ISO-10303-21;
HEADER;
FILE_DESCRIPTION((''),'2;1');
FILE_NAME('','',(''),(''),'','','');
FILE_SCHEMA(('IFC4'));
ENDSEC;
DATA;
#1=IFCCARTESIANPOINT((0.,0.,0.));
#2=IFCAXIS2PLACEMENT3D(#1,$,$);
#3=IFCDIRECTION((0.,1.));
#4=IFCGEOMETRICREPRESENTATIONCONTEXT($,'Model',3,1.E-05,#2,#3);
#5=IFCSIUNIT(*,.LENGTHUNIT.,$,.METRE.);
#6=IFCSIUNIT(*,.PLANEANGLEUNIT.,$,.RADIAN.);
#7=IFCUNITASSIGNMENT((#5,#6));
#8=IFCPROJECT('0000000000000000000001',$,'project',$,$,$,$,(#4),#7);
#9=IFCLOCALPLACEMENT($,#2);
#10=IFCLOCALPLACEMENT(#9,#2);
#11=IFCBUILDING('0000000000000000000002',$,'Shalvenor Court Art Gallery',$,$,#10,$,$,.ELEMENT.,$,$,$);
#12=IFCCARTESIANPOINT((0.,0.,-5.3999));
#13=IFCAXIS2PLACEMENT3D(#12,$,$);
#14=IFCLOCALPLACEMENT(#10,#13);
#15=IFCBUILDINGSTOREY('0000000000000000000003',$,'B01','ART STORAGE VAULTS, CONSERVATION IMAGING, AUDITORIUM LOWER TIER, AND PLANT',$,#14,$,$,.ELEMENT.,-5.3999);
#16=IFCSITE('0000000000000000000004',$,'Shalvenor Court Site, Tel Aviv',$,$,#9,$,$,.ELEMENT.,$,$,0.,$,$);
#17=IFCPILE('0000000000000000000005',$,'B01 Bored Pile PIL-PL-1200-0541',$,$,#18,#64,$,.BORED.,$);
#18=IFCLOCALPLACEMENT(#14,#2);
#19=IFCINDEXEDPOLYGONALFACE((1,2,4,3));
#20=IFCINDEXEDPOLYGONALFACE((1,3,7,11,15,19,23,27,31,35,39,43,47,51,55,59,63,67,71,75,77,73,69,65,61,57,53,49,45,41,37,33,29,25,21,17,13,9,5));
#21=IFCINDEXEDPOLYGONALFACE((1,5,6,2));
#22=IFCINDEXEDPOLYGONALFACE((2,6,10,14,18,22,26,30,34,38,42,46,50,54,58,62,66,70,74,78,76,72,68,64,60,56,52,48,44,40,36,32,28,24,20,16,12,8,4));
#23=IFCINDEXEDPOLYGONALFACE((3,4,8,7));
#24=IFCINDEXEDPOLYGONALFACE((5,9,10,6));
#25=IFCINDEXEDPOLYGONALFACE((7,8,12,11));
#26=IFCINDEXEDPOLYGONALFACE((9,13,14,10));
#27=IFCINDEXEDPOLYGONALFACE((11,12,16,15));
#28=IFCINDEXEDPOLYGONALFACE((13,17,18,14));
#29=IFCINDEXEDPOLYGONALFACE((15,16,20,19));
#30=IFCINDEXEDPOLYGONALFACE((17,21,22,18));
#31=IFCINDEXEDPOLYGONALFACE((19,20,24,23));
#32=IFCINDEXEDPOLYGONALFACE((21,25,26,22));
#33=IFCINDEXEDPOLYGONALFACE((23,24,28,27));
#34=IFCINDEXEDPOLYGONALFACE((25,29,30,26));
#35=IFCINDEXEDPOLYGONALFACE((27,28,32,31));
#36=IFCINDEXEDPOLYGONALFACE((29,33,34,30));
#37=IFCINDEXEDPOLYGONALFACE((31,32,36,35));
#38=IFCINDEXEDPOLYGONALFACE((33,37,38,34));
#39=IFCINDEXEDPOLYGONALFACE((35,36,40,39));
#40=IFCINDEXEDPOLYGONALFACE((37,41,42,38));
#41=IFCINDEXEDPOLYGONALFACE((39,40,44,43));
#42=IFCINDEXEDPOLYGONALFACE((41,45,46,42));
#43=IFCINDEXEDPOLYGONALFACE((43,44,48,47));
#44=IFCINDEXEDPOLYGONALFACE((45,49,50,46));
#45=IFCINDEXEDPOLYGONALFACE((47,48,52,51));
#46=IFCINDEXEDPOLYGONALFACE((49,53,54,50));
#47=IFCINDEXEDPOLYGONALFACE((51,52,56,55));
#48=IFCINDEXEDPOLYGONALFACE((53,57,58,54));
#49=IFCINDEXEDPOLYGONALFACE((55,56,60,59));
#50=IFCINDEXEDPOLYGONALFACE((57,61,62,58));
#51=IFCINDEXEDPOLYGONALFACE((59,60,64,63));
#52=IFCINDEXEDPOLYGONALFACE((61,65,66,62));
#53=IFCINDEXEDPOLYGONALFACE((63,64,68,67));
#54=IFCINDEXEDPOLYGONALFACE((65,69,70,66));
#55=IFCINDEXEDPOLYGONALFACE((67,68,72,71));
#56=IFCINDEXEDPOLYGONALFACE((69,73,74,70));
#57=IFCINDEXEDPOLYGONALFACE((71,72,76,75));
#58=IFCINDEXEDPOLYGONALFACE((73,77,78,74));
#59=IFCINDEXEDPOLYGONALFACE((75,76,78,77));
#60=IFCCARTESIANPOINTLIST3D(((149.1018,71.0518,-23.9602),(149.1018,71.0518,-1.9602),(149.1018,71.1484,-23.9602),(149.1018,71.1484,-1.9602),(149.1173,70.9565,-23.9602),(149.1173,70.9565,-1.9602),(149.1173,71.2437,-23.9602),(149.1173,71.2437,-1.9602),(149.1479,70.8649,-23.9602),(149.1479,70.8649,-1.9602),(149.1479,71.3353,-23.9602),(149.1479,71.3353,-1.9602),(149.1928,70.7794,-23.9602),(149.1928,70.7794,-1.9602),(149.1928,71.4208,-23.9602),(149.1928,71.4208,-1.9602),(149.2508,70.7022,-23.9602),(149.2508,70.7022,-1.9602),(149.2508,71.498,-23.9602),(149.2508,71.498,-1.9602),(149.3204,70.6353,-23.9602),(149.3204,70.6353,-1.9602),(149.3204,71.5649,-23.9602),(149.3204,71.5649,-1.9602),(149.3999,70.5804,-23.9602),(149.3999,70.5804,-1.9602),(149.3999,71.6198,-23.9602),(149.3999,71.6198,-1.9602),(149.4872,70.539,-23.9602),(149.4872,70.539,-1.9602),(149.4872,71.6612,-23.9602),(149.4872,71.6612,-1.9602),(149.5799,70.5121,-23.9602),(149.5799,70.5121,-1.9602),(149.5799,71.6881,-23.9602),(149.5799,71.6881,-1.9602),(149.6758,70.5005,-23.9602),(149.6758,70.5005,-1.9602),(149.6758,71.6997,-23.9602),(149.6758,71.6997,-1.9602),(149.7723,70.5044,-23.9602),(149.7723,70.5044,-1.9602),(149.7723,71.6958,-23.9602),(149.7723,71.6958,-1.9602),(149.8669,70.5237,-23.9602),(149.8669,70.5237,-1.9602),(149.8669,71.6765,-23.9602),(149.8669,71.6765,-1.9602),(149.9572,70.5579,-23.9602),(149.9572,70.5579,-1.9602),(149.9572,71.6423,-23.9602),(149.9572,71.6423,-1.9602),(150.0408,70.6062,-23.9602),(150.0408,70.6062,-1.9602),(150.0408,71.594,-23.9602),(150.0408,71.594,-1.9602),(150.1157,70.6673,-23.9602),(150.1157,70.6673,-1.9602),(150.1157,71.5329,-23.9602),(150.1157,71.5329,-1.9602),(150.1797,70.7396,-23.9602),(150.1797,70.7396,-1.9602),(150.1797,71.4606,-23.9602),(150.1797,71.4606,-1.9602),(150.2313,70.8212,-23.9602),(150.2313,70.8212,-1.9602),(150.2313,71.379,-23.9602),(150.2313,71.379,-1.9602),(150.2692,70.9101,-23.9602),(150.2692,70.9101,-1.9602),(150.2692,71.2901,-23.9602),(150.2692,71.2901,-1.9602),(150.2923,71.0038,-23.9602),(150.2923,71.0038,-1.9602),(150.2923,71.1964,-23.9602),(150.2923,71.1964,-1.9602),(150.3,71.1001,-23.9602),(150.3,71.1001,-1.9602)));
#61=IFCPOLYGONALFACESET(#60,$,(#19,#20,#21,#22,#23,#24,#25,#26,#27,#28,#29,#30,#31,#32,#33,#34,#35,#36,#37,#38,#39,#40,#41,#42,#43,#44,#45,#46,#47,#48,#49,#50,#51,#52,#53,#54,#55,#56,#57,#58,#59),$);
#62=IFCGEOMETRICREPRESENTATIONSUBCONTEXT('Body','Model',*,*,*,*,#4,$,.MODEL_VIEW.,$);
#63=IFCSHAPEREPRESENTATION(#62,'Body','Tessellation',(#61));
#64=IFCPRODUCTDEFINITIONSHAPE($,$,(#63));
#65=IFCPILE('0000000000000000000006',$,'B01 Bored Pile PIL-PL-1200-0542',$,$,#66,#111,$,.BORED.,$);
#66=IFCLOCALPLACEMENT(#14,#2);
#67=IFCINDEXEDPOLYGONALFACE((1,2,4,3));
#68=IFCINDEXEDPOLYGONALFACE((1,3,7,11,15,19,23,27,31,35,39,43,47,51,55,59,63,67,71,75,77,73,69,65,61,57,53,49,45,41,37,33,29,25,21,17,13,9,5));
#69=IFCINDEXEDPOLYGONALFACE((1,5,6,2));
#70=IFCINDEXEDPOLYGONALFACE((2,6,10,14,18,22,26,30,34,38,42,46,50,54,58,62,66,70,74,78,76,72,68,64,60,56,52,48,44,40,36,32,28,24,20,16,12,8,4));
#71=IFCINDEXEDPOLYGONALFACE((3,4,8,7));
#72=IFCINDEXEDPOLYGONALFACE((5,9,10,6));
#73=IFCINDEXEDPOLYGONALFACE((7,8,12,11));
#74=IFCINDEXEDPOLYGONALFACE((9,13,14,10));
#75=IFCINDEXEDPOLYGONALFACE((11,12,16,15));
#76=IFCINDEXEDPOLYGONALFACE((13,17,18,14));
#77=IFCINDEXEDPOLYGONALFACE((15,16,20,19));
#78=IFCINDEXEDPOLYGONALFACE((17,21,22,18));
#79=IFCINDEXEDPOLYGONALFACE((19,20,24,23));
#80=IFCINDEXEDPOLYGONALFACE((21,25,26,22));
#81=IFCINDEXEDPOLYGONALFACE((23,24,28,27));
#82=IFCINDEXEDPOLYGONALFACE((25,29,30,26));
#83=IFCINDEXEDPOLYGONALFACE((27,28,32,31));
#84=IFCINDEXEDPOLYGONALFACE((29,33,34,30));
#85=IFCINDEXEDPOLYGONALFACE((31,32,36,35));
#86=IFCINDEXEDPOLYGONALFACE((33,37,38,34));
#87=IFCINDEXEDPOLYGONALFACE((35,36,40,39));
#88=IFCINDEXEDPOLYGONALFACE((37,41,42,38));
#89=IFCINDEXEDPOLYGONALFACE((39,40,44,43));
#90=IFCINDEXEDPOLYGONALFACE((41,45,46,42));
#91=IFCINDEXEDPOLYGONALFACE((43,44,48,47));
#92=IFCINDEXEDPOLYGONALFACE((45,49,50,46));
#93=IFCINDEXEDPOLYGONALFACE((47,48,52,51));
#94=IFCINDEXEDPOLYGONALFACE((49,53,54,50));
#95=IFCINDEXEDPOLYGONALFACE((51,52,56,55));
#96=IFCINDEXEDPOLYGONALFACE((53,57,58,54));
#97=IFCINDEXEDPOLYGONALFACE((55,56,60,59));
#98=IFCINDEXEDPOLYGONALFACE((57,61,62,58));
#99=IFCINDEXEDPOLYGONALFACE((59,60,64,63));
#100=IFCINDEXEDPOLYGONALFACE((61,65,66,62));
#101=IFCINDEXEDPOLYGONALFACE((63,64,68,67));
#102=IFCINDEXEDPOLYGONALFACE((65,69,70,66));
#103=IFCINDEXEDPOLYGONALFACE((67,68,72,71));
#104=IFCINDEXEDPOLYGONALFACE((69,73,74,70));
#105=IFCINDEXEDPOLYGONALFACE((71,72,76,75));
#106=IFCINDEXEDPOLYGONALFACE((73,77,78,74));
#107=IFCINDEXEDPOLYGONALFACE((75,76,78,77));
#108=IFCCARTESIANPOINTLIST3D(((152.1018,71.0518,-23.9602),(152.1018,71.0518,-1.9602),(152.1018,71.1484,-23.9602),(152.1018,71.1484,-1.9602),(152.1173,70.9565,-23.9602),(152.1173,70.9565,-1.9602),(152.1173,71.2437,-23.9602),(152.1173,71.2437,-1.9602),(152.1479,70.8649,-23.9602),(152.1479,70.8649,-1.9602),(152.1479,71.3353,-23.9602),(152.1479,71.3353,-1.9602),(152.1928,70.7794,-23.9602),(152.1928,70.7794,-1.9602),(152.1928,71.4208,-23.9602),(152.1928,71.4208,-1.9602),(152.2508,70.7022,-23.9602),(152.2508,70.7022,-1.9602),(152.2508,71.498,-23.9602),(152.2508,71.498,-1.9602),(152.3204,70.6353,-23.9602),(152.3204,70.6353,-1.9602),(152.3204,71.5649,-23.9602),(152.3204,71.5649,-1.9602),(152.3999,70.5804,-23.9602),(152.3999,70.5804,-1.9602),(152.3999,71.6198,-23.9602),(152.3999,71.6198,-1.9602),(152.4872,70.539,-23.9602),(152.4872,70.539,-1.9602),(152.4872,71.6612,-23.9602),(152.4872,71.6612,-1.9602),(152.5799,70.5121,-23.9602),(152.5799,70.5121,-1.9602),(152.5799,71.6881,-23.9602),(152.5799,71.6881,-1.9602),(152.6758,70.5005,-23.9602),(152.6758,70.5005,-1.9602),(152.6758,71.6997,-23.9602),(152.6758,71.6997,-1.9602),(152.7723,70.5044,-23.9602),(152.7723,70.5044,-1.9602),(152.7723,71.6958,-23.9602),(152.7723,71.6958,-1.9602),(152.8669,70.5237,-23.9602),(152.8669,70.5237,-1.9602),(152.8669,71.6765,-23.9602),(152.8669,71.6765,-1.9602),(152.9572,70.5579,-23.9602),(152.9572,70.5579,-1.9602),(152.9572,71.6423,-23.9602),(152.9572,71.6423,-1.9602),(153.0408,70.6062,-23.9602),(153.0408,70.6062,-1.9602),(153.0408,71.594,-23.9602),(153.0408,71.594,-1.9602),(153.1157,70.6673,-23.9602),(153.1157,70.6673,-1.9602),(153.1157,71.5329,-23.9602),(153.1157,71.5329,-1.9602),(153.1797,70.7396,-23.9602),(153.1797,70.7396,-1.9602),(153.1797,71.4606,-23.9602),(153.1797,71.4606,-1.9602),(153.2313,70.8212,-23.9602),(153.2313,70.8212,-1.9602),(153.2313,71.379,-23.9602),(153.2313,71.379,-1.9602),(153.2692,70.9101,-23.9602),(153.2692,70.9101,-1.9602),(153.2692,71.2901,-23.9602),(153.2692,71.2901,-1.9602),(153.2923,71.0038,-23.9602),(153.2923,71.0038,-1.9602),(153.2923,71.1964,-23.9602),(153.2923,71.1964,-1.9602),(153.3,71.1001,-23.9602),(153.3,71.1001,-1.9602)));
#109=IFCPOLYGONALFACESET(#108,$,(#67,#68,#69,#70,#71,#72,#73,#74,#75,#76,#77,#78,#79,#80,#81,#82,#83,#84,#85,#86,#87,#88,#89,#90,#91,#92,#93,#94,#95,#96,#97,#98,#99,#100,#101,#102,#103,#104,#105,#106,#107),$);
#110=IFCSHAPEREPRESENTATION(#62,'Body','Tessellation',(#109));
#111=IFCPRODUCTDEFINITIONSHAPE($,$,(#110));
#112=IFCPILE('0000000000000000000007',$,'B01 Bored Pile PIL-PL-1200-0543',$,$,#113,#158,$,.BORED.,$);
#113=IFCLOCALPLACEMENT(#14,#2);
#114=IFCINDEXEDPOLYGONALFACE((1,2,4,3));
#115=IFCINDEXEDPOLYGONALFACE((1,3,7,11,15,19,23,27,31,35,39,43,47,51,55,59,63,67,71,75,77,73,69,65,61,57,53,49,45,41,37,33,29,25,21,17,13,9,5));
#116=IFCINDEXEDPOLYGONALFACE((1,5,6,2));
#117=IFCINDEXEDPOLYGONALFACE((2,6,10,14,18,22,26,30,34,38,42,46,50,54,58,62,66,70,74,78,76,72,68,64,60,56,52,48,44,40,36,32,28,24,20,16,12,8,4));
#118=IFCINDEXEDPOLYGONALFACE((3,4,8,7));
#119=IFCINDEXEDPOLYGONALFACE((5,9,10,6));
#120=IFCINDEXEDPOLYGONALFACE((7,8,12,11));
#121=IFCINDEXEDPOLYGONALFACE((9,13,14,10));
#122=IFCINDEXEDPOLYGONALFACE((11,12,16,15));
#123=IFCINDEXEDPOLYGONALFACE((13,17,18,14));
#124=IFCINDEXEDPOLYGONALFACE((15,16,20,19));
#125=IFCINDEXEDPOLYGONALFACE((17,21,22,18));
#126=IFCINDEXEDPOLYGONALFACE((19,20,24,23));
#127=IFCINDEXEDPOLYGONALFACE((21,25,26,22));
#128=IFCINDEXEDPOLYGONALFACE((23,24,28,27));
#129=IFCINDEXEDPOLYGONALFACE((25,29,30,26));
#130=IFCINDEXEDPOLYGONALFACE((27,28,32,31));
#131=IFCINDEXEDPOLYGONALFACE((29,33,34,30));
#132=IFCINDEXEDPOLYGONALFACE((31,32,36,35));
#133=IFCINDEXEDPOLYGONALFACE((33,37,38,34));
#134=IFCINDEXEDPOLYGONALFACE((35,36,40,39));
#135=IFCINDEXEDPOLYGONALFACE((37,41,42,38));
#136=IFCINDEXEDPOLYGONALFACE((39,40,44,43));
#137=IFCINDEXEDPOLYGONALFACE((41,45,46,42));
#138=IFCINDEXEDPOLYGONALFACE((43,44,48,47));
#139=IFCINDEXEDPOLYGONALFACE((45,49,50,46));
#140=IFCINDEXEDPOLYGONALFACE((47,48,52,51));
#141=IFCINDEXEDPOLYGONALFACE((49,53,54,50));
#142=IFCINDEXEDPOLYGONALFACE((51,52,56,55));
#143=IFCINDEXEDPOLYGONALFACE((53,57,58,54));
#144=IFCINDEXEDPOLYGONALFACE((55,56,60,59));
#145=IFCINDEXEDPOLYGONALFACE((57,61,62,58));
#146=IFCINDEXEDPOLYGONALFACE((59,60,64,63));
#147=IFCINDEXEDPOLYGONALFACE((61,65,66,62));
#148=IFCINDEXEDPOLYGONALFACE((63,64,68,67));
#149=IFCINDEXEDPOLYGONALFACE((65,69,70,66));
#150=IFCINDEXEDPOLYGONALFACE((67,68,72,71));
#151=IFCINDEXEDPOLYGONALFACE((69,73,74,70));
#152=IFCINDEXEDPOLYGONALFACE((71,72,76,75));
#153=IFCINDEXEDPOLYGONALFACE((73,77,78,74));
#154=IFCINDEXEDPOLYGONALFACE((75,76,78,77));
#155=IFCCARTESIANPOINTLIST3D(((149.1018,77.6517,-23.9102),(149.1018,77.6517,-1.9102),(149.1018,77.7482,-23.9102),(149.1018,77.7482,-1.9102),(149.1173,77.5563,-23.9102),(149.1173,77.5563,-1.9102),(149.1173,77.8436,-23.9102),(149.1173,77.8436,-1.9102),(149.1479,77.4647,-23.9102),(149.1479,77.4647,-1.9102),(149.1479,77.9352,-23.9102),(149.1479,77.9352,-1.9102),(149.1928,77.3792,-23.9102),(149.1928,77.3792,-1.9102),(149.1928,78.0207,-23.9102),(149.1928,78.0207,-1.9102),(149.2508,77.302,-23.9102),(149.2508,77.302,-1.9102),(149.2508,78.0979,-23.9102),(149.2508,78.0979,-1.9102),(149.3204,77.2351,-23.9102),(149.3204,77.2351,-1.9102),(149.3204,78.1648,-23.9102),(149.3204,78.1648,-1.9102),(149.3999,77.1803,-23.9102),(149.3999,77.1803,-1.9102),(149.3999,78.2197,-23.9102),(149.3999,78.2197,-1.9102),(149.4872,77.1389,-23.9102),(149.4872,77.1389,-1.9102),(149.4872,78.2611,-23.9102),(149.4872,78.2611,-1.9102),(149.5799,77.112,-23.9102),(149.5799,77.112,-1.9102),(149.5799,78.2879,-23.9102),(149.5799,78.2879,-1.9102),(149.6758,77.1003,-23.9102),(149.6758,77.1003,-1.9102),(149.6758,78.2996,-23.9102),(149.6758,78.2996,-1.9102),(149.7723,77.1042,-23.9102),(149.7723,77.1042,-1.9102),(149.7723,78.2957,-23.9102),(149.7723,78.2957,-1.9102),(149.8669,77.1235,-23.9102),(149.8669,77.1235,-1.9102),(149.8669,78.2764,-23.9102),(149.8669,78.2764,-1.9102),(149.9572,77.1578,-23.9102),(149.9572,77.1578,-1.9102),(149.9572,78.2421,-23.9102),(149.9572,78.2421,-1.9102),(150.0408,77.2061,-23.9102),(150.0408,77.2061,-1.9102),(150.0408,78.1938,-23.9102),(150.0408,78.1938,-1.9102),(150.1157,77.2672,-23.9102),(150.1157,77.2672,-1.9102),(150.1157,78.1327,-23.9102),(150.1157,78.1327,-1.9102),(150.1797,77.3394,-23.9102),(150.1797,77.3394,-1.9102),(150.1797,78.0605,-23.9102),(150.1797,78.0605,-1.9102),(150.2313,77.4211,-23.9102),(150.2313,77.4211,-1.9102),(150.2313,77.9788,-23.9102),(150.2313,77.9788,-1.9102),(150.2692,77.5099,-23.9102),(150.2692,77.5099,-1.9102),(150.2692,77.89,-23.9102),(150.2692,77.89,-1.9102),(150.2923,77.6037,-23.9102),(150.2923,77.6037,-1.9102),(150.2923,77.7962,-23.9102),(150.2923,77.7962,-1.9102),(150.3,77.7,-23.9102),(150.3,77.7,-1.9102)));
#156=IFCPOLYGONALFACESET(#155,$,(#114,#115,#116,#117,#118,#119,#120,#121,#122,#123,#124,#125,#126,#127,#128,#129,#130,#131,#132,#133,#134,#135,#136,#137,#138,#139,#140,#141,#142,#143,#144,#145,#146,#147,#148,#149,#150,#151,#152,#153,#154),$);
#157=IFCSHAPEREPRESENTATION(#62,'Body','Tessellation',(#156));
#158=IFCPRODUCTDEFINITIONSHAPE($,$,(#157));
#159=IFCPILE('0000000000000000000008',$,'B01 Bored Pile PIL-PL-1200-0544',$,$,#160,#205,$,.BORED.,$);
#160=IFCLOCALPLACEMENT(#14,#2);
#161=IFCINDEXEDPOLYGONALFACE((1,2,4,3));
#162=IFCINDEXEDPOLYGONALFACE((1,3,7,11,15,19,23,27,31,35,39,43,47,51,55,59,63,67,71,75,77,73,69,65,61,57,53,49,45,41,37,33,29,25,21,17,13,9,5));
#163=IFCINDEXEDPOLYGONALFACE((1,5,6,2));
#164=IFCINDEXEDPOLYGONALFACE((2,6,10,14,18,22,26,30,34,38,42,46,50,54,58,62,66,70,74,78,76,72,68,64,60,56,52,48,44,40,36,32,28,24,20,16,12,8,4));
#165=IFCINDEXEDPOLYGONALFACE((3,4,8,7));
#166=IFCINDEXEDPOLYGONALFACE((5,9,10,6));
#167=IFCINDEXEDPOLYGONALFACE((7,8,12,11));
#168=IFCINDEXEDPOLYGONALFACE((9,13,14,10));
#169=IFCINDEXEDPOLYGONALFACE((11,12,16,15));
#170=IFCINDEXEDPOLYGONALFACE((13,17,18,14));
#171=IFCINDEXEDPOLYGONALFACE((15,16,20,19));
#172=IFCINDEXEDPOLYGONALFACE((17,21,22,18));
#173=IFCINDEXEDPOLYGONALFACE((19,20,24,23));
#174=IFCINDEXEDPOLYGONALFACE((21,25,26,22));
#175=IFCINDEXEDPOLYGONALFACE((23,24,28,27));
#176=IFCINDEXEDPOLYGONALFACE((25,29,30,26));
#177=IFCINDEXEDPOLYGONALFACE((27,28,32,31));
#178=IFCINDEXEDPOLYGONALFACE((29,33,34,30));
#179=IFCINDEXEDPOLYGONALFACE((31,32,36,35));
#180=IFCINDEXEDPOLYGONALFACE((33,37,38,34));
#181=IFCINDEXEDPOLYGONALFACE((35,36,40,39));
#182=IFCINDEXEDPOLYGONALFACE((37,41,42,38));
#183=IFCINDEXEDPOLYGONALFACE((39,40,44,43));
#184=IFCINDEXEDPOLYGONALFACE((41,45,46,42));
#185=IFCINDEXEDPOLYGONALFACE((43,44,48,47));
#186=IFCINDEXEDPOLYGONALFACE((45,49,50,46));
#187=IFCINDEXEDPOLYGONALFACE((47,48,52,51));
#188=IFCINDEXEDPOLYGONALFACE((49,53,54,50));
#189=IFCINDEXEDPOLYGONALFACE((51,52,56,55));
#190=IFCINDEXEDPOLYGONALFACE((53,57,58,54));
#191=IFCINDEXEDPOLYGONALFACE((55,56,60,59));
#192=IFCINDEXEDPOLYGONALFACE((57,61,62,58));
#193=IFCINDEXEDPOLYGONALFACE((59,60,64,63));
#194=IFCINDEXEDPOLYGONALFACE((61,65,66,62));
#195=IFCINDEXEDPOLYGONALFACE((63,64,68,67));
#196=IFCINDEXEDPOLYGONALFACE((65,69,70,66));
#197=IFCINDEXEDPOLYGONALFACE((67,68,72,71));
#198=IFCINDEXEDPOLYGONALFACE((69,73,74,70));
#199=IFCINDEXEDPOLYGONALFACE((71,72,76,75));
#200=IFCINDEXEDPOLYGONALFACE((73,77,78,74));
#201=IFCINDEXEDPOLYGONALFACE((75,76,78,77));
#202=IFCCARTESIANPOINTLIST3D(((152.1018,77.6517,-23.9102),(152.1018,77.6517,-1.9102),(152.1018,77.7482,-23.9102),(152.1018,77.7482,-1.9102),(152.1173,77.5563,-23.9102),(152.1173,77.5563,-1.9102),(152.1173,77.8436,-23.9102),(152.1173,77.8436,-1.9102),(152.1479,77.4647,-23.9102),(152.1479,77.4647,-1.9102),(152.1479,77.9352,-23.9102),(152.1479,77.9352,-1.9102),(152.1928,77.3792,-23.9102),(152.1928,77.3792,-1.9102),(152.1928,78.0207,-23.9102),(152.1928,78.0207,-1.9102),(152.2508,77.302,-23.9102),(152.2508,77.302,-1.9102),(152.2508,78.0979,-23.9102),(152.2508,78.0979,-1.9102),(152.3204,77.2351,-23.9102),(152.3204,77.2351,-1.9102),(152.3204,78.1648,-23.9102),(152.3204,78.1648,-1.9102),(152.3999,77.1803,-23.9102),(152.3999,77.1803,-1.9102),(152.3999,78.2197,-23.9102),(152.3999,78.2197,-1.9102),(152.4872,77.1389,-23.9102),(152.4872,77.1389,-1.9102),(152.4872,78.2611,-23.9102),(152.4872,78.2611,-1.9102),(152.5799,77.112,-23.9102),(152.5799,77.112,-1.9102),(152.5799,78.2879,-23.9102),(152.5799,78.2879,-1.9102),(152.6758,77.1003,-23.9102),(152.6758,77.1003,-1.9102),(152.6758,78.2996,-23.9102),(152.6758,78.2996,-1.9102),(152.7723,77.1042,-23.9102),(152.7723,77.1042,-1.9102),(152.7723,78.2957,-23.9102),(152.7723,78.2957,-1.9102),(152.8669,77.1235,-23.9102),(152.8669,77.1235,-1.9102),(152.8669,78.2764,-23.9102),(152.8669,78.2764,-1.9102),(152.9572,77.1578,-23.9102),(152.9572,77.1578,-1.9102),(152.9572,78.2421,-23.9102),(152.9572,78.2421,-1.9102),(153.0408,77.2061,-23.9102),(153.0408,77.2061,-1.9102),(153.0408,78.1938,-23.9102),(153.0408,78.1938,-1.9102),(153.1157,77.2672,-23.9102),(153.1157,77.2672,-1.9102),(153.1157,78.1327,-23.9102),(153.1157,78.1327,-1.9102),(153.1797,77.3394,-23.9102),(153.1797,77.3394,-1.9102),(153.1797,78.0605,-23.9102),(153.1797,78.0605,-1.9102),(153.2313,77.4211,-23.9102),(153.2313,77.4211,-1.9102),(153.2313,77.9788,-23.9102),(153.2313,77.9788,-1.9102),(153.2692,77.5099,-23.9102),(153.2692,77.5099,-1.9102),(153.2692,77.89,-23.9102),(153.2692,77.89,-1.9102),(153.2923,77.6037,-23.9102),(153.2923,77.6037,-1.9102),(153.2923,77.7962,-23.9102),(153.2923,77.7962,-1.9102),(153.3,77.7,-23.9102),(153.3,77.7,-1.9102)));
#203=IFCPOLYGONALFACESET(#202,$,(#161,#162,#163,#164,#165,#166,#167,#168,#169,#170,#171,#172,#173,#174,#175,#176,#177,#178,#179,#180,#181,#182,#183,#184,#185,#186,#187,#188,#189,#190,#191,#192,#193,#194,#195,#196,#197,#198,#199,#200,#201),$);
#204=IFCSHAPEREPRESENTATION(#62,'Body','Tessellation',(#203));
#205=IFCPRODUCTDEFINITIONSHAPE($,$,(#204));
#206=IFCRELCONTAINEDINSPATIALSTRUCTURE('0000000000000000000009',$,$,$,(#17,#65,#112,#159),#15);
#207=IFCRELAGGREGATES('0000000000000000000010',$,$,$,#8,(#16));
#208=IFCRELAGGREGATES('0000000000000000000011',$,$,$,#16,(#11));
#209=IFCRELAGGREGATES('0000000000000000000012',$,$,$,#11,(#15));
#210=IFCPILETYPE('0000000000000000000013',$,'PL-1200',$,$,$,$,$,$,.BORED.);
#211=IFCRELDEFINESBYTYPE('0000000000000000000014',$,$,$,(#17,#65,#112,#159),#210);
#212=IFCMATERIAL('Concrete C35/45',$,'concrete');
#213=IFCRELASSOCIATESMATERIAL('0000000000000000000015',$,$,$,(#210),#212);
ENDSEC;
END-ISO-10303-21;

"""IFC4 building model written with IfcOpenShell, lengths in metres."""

from ifc_helpers import new_model, si_unit, direction, frame, origin, origin_2d, place, context, subcontext, project, spatial, circle, extrude, material, material_profile, profile_set, type_object, element, save


model = new_model("IFC4")

# Units and contexts
model_context = context("Model", 3, precision=1e-05, world=origin(), true_north=direction((0.0, 1.0)))
body_context = subcontext(model_context, "Body", "Model", "MODEL_VIEW")
ifc_project = project(units=[si_unit("LENGTHUNIT", "METRE"), si_unit("PLANEANGLEUNIT", "RADIAN")], contexts=[model_context])

# Site, building, storey
site_placement = place(None, origin())
site = spatial("IfcSite", under=ifc_project, at=site_placement, Name="Shalvenor Court Site, Tel Aviv", CompositionType="ELEMENT", RefElevation=0.0)
building_placement = place(site_placement, origin())
building = spatial("IfcBuilding", under=site, at=building_placement, Name="Shalvenor Court Art Gallery", CompositionType="ELEMENT")
storey_placement = place(building_placement, frame((0.0, 0.0, -5.3999)))
storey = spatial("IfcBuildingStorey", under=building, at=storey_placement, Name="B01", Description="ART STORAGE VAULTS, CONSERVATION IMAGING, AUDITORIUM LOWER TIER, AND PLANT", CompositionType="ELEMENT", Elevation=-5.3999)

# Piles
ifc_material_1 = material(Name="Concrete C35/45", Category="concrete")
ifc_material_profile_1 = material_profile(ifc_material_1, circle(Radius=0.6001, at=origin_2d()), Name="PILE 1200")
ifc_profile_set_1 = profile_set([ifc_material_profile_1], Name="Concrete C35/45")
pile_type = type_object("IfcPileType", Name="PL-1200", PredefinedType="BORED", material=ifc_profile_set_1)
for number, where, z_axis, x_axis, name in (
    (1, (149.7, 71.1001, -1.9602), (0.0, 0.0, -1.0), (1.0, 0.0, 0.0), "B01 Bored Pile PIL-PL-1200-0541"),
    (2, (152.7, 71.1001, -1.9602), (0.0, 0.0, -1.0), (1.0, 0.0, 0.0), "B01 Bored Pile PIL-PL-1200-0542"),
    (3, (149.7, 77.7, -1.9102), (0.0, 0.0, -1.0), (1.0, 0.0, 0.0), "B01 Bored Pile PIL-PL-1200-0543"),
    (4, (152.7, 77.7, -1.9102), (0.0, 0.0, -1.0), (1.0, 0.0, 0.0), "B01 Bored Pile PIL-PL-1200-0544"),
):
    element("IfcPile", number, at=place(storey_placement, frame(where, z_axis=z_axis, x_axis=x_axis)), inside=storey, type_object=pile_type, Name=name, PredefinedType="BORED", context=body_context, shape_type="SweptSolid", body=[
        extrude(circle(Radius=0.6001, at=origin_2d()), origin(), (0.0, 0.0, 1.0), 22.0),
    ])

save(model, "model.ifc")
